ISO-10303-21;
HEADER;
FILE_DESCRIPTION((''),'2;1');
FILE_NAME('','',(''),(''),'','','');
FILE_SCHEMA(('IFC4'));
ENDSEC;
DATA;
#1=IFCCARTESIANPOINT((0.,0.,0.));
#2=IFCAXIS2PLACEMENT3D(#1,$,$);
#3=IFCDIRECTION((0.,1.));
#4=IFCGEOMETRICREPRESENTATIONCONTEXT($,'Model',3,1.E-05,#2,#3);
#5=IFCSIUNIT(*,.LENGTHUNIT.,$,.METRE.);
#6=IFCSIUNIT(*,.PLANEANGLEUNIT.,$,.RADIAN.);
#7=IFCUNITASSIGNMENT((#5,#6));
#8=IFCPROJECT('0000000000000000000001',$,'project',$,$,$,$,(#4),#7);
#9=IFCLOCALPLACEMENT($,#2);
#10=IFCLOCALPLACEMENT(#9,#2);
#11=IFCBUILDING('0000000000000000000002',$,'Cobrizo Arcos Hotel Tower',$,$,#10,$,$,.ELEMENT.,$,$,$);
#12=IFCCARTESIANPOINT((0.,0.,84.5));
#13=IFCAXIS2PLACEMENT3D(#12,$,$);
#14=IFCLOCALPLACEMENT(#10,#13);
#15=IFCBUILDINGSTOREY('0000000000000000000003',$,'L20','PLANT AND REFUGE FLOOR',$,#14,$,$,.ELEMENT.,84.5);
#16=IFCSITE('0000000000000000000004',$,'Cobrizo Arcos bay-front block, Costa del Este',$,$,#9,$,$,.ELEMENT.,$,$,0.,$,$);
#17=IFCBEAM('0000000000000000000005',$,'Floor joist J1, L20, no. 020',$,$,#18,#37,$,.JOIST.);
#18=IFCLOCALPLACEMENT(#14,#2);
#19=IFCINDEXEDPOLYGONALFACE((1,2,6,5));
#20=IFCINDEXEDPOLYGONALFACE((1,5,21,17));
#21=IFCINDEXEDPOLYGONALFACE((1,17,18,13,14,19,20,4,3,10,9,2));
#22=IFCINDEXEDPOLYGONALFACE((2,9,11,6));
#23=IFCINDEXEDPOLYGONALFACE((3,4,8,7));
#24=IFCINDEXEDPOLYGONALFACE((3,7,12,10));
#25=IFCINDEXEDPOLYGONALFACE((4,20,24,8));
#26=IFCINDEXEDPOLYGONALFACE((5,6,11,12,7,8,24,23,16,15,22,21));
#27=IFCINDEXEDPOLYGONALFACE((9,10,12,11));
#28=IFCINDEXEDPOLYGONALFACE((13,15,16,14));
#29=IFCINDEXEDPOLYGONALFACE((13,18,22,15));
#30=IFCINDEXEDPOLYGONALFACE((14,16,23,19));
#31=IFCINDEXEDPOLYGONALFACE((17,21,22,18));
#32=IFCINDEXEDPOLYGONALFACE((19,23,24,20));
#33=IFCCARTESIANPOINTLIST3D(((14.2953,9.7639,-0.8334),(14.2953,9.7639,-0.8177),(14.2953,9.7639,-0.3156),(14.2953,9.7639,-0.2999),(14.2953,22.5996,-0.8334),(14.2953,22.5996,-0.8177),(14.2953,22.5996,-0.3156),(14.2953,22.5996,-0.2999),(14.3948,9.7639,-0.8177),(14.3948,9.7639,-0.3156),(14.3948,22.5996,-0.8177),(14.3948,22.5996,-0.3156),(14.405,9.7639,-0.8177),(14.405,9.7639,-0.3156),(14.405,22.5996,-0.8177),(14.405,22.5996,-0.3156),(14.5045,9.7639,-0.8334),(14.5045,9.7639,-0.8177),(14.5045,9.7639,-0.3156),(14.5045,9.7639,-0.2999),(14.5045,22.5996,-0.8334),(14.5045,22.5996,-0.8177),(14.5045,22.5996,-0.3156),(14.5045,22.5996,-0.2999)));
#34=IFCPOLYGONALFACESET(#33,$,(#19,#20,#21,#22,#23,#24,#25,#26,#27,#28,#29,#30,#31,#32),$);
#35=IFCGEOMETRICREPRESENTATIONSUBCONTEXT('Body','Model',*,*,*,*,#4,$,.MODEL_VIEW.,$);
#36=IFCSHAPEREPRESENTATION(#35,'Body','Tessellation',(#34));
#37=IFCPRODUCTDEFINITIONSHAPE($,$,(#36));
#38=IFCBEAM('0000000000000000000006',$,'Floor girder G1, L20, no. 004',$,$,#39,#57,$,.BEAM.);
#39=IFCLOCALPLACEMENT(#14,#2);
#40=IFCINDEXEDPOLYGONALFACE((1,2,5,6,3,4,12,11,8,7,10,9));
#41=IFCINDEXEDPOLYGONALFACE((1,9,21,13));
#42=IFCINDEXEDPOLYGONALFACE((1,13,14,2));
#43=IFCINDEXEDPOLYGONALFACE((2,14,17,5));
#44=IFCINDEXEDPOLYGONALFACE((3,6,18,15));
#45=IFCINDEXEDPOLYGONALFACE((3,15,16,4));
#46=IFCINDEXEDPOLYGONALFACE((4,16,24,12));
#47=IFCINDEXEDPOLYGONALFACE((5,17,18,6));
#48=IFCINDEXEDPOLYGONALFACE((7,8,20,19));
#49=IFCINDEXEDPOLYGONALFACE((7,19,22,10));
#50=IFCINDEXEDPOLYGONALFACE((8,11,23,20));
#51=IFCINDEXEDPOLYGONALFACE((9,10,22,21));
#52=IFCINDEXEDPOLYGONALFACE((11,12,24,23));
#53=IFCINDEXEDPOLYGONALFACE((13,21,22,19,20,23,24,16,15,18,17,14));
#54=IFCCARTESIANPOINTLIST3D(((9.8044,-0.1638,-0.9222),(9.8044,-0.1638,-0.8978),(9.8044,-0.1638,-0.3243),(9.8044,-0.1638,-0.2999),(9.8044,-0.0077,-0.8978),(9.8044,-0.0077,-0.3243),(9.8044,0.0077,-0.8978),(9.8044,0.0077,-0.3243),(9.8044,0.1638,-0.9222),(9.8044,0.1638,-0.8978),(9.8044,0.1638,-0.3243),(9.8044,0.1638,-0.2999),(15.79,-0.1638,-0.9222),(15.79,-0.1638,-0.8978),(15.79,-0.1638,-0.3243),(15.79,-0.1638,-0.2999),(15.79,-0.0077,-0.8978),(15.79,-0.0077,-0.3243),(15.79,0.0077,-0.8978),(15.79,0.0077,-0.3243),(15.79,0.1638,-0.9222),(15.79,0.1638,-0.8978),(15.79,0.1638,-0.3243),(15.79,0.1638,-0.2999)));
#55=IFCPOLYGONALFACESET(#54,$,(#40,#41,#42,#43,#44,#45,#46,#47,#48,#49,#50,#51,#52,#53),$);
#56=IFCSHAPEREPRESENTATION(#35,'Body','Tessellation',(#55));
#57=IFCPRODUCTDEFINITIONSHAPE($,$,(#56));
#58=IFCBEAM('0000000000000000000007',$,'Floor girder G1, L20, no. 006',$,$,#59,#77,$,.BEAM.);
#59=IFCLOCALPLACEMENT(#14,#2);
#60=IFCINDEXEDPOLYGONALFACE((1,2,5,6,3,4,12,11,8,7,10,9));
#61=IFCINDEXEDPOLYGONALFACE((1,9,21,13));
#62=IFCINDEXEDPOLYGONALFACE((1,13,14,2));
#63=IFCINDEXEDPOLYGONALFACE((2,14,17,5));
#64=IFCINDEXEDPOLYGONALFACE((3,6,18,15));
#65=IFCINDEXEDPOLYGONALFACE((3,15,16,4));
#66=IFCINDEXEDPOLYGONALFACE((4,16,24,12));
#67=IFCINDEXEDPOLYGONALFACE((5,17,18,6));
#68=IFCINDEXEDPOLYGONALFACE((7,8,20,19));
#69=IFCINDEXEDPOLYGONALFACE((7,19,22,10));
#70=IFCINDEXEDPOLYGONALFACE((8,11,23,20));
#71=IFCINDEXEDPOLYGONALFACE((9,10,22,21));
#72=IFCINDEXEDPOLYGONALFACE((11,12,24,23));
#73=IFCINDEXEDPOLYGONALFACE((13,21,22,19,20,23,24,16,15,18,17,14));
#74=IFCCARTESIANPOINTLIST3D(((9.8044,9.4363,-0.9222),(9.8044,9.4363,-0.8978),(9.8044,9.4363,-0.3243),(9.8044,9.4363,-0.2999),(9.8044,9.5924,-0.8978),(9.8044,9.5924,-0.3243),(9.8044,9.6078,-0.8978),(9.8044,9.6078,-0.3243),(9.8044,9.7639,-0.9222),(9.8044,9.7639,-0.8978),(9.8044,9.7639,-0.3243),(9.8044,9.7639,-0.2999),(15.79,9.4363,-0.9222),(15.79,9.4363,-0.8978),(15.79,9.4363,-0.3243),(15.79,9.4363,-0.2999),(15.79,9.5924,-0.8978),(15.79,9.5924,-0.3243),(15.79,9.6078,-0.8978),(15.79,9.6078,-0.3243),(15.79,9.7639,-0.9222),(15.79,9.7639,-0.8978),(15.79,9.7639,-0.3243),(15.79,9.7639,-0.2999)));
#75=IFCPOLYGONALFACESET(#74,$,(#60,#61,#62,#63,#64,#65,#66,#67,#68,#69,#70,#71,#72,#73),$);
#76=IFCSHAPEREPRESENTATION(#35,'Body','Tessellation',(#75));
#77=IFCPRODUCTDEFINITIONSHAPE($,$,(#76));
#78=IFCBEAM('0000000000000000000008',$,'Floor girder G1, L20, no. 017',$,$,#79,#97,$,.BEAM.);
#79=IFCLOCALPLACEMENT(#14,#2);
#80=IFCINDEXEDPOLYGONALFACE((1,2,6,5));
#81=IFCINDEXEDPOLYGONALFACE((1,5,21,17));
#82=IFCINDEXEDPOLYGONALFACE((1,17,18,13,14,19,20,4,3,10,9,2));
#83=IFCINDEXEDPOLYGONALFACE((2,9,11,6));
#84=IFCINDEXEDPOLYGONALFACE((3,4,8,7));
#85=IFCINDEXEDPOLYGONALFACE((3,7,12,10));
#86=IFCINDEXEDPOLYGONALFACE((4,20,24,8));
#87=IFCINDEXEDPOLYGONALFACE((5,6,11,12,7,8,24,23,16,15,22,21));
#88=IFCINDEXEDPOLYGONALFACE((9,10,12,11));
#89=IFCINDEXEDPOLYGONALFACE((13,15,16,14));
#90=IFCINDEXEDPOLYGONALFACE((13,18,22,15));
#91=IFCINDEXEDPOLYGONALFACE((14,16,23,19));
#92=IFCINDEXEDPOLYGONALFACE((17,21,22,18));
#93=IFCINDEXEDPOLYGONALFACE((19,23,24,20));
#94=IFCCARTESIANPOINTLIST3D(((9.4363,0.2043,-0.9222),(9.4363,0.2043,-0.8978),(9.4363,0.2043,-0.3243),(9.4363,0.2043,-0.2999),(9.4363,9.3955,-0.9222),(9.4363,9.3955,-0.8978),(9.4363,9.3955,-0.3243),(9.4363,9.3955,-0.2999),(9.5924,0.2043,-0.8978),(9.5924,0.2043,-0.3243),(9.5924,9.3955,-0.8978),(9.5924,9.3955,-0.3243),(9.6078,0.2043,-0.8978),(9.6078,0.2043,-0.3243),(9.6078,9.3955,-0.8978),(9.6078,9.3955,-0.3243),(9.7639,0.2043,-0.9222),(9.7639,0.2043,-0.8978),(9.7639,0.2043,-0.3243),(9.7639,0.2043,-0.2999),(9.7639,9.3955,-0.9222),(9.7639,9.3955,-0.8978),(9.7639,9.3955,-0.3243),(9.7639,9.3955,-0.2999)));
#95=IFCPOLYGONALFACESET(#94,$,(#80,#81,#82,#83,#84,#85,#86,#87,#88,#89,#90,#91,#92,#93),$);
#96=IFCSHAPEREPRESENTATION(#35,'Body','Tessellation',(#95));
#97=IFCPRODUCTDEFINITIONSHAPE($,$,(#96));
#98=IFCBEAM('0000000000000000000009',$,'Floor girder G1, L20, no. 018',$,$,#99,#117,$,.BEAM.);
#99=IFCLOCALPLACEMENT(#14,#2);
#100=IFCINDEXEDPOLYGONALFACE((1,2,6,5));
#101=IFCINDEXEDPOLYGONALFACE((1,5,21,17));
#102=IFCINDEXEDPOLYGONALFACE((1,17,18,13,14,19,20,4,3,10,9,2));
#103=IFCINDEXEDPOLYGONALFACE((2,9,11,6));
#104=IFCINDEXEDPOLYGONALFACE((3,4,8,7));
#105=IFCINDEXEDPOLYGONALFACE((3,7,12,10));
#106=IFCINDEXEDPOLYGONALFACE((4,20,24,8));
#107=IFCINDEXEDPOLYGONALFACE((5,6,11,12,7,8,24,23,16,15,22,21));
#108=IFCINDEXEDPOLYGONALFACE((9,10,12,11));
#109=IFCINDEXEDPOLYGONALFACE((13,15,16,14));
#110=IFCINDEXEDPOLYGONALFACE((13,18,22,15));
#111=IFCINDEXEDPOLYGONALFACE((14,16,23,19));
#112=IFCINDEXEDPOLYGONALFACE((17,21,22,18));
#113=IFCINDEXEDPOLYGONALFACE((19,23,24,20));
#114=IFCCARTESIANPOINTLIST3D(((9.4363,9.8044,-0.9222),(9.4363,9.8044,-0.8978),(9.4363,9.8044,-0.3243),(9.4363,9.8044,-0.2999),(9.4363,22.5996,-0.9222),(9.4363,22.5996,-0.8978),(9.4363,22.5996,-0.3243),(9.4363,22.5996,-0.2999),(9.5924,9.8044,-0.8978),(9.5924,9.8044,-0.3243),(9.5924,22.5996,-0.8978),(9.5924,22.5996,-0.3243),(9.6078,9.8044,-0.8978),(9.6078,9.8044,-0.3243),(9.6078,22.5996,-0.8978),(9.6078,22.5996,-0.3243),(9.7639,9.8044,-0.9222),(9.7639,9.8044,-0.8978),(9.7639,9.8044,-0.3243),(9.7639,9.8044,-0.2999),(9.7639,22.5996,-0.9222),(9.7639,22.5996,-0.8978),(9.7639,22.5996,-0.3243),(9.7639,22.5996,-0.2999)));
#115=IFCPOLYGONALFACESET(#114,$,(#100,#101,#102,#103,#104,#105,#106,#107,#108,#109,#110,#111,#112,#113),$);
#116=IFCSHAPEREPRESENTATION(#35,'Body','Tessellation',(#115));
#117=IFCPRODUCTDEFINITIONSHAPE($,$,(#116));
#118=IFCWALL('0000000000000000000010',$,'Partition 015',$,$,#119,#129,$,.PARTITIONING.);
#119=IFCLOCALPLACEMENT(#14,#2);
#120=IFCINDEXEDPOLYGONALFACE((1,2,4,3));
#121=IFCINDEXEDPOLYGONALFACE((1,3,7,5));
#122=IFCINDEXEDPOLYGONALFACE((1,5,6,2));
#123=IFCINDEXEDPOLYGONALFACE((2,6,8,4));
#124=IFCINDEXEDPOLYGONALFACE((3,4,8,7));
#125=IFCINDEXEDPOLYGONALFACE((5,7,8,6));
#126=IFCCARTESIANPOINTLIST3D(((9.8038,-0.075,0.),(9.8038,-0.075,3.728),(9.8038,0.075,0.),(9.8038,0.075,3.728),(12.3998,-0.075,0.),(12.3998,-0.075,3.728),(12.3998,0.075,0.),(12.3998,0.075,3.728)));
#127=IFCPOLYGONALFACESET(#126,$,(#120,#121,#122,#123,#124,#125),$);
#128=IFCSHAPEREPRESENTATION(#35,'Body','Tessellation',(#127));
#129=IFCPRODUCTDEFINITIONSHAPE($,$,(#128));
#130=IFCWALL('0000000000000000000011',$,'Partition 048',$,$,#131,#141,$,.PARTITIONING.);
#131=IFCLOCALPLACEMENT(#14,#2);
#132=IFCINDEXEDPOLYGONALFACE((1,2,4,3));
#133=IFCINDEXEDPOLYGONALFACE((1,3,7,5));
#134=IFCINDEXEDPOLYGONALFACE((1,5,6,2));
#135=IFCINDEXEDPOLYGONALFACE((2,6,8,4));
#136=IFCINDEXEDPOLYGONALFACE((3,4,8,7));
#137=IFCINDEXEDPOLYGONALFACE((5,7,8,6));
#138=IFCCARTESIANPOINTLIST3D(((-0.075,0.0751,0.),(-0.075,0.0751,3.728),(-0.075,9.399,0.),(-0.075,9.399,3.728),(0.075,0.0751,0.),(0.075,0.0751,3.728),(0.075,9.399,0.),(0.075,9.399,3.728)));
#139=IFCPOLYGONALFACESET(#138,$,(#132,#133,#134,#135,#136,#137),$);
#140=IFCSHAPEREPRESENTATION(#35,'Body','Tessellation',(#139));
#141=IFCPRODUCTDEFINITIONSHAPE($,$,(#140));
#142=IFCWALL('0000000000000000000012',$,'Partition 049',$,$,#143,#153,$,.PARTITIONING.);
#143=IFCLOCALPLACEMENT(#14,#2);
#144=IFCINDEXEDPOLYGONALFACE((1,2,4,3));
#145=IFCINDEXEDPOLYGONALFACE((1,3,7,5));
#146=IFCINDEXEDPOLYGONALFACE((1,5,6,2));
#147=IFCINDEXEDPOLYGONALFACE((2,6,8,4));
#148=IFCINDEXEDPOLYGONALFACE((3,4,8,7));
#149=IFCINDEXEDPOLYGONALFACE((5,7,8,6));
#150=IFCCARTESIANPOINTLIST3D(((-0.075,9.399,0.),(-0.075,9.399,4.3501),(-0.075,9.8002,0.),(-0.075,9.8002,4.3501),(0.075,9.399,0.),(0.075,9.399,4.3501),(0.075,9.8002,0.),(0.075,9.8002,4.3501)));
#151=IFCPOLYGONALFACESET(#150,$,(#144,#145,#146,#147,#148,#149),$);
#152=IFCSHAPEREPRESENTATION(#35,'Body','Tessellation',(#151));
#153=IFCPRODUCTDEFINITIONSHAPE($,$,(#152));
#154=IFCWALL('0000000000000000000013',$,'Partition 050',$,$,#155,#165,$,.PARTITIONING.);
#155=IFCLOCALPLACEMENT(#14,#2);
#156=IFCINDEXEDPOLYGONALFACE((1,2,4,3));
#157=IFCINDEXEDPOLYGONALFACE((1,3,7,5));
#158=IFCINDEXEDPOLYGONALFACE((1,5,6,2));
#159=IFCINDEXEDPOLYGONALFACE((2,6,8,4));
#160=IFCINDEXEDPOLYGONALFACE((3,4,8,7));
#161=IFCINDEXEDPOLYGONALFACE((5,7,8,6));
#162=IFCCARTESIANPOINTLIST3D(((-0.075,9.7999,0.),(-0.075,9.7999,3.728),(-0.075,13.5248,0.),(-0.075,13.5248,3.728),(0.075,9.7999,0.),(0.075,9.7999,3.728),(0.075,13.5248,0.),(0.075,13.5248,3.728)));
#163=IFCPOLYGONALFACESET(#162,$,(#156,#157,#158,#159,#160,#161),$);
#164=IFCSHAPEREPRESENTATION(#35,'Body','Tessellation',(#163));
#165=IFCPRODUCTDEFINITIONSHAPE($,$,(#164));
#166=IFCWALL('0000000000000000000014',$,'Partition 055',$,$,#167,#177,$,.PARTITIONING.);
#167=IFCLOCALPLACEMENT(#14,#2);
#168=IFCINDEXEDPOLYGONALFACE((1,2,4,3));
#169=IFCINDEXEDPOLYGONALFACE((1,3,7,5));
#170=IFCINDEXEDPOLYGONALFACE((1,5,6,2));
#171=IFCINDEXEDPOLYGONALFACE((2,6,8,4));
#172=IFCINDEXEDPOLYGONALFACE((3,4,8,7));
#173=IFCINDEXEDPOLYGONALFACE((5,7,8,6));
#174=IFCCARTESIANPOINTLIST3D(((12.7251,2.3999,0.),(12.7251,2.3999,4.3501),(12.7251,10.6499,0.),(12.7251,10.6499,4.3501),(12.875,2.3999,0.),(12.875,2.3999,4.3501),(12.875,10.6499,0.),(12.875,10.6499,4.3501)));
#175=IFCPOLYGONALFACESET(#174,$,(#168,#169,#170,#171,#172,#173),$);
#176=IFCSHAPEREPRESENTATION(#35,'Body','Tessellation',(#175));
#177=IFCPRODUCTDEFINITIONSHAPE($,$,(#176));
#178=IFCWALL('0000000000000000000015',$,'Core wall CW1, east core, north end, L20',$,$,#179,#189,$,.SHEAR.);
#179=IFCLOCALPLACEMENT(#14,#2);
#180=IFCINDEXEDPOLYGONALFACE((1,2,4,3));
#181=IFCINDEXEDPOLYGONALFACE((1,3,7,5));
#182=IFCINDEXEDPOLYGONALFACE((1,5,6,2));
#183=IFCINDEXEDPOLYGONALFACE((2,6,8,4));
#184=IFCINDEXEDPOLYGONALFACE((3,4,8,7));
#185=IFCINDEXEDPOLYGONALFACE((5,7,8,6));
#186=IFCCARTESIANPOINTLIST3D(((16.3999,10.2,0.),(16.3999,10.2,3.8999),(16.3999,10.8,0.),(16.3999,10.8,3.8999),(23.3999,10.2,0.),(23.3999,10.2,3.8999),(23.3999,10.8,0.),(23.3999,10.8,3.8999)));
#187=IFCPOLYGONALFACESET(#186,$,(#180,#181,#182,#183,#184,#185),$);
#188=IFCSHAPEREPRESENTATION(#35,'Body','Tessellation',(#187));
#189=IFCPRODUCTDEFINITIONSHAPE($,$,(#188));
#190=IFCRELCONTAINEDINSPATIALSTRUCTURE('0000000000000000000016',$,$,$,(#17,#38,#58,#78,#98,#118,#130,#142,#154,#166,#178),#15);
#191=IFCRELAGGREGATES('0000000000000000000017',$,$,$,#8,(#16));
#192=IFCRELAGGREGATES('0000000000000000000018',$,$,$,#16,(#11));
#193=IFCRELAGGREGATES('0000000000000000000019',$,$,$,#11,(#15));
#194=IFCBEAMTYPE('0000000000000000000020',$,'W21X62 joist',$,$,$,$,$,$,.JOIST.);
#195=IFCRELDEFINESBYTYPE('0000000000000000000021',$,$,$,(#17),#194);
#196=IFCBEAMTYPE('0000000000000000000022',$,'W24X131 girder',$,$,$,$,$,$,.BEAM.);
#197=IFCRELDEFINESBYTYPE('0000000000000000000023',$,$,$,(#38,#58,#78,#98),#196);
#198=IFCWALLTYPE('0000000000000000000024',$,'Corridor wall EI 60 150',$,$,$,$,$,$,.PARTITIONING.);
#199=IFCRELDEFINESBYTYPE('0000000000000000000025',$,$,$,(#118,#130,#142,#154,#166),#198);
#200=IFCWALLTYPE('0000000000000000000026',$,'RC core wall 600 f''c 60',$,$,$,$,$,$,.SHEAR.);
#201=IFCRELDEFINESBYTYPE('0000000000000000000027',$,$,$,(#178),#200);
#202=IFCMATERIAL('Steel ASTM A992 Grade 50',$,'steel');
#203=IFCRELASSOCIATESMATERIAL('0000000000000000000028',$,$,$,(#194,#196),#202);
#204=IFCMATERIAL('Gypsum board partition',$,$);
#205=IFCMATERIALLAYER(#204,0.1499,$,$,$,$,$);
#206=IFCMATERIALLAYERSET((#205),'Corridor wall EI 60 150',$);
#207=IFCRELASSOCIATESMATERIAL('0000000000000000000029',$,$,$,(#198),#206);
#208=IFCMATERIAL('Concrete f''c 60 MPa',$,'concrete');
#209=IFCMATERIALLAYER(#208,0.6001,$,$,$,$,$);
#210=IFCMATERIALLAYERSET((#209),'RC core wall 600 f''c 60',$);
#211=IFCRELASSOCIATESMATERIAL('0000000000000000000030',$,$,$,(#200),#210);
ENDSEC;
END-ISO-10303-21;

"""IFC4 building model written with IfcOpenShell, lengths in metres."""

from ifc_helpers import new_model, si_unit, direction, frame, frame_2d, origin, origin_2d, place, context, subcontext, project, spatial, rectangle, i_section, extrude, material, layer, layer_set, material_profile, profile_set, type_object, element, save


model = new_model("IFC4")

# Units and contexts
model_context = context("Model", 3, precision=1e-05, world=origin(), true_north=direction((0.0, 1.0)))
body_context = subcontext(model_context, "Body", "Model", "MODEL_VIEW")
ifc_project = project(units=[si_unit("LENGTHUNIT", "METRE"), si_unit("PLANEANGLEUNIT", "RADIAN")], contexts=[model_context])

# Site, building, storey
site_placement = place(None, origin())
site = spatial("IfcSite", under=ifc_project, at=site_placement, Name="Cobrizo Arcos bay-front block, Costa del Este", CompositionType="ELEMENT", RefElevation=0.0)
building_placement = place(site_placement, origin())
building = spatial("IfcBuilding", under=site, at=building_placement, Name="Cobrizo Arcos Hotel Tower", CompositionType="ELEMENT")
storey_placement = place(building_placement, frame((0.0, 0.0, 84.5)))
storey = spatial("IfcBuildingStorey", under=building, at=storey_placement, Name="L20", Description="PLANT AND REFUGE FLOOR", CompositionType="ELEMENT", Elevation=84.5)

# Shared definitions
ifc_material_1 = material(Name="Steel ASTM A992 Grade 50", Category="steel")

# Beams
ifc_material_profile_1 = material_profile(ifc_material_1, i_section(OverallWidth=0.2092, OverallDepth=0.5334, WebThickness=0.0103, FlangeThickness=0.0156, at=origin_2d()), Name="W21X62")
ifc_profile_set_1 = profile_set([ifc_material_profile_1], Name="Steel ASTM A992 Grade 50")
beam_type_1 = type_object("IfcBeamType", Name="W21X62 joist", PredefinedType="JOIST", material=ifc_profile_set_1)
beam_1_placement = place(storey_placement, frame((14.3999, 9.7639, -0.5667), z_axis=(0.0, 1.0, 0.0), x_axis=(-1.0, 0.0, 0.0)))
element("IfcBeam", 1, at=beam_1_placement, inside=storey, type_object=beam_type_1, Name="Floor joist J1, L20, no. 020", PredefinedType="JOIST", context=body_context, shape_type="SweptSolid", body=[
    extrude(i_section(OverallWidth=0.2092, OverallDepth=0.5334, WebThickness=0.0103, FlangeThickness=0.0156, at=origin_2d()), origin(), (0.0, 0.0, 1.0), 12.8357),
])
ifc_material_profile_2 = material_profile(ifc_material_1, i_section(OverallWidth=0.3276, OverallDepth=0.6223, WebThickness=0.0154, FlangeThickness=0.0244, at=origin_2d()), Name="W24X131")
ifc_profile_set_2 = profile_set([ifc_material_profile_2], Name="Steel ASTM A992 Grade 50")
beam_type_2 = type_object("IfcBeamType", Name="W24X131 girder", PredefinedType="BEAM", material=ifc_profile_set_2)
for number, where, z_axis, x_axis, name in (
    (2, (9.8044, 0.0, -0.6111), (1.0, 0.0, 0.0), (0.0, 1.0, 0.0), "Floor girder G1, L20, no. 004"),
    (3, (9.8044, 9.6001, -0.6111), (1.0, 0.0, 0.0), (0.0, 1.0, 0.0), "Floor girder G1, L20, no. 006"),
):
    element("IfcBeam", number, at=place(storey_placement, frame(where, z_axis=z_axis, x_axis=x_axis)), inside=storey, type_object=beam_type_2, Name=name, PredefinedType="BEAM", context=body_context, shape_type="SweptSolid", body=[
        extrude(i_section(OverallWidth=0.3276, OverallDepth=0.6223, WebThickness=0.0154, FlangeThickness=0.0244, at=origin_2d()), origin(), (0.0, 0.0, 1.0), 5.9856),
    ])
beam_2_placement = place(storey_placement, frame((9.6001, 0.2043, -0.6111), z_axis=(0.0, 1.0, 0.0), x_axis=(-1.0, 0.0, 0.0)))
element("IfcBeam", 4, at=beam_2_placement, inside=storey, type_object=beam_type_2, Name="Floor girder G1, L20, no. 017", PredefinedType="BEAM", context=body_context, shape_type="SweptSolid", body=[
    extrude(i_section(OverallWidth=0.3276, OverallDepth=0.6223, WebThickness=0.0154, FlangeThickness=0.0244, at=origin_2d()), origin(), (0.0, 0.0, 1.0), 9.1912),
])
beam_3_placement = place(storey_placement, frame((9.6001, 9.8044, -0.6111), z_axis=(0.0, 1.0, 0.0), x_axis=(-1.0, 0.0, 0.0)))
element("IfcBeam", 5, at=beam_3_placement, inside=storey, type_object=beam_type_2, Name="Floor girder G1, L20, no. 018", PredefinedType="BEAM", context=body_context, shape_type="SweptSolid", body=[
    extrude(i_section(OverallWidth=0.3276, OverallDepth=0.6223, WebThickness=0.0154, FlangeThickness=0.0244, at=origin_2d()), origin(), (0.0, 0.0, 1.0), 12.7952),
])

# Walls
ifc_material_2 = material(Name="Gypsum board partition")
ifc_layer_1 = layer(ifc_material_2, 0.1499)
ifc_layer_set_1 = layer_set([ifc_layer_1], Name="Corridor wall EI 60 150")
wall_type_1 = type_object("IfcWallType", Name="Corridor wall EI 60 150", PredefinedType="PARTITIONING", material=ifc_layer_set_1)
wall_1_placement = place(storey_placement, frame((9.804, 0.0, 0.0), z_axis=(0.0, 0.0, 1.0), x_axis=(1.0, 0.0, 0.0)))
element("IfcWall", 6, at=wall_1_placement, inside=storey, type_object=wall_type_1, Name="Partition 015", PredefinedType="PARTITIONING", context=body_context, shape_type="SweptSolid", body=[
    extrude(rectangle(XDim=2.5959, YDim=0.1499, at=frame_2d((1.2979, 0.0))), origin(), (0.0, 0.0, 1.0), 3.728),
])
wall_2_placement = place(storey_placement, frame((0.0, 0.075, 0.0), z_axis=(0.0, 0.0, 1.0), x_axis=(0.0, 1.0, 0.0)))
element("IfcWall", 7, at=wall_2_placement, inside=storey, type_object=wall_type_1, Name="Partition 048", PredefinedType="PARTITIONING", context=body_context, shape_type="SweptSolid", body=[
    extrude(rectangle(XDim=9.324, YDim=0.1499, at=frame_2d((4.6621, 0.0))), origin(), (0.0, 0.0, 1.0), 3.728),
])
wall_3_placement = place(storey_placement, frame((0.0, 9.3989, 0.0), z_axis=(0.0, 0.0, 1.0), x_axis=(0.0, 1.0, 0.0)))
element("IfcWall", 8, at=wall_3_placement, inside=storey, type_object=wall_type_1, Name="Partition 049", PredefinedType="PARTITIONING", context=body_context, shape_type="SweptSolid", body=[
    extrude(rectangle(XDim=0.4011, YDim=0.1499, at=frame_2d((0.2007, 0.0))), origin(), (0.0, 0.0, 1.0), 4.3501),
])
wall_4_placement = place(storey_placement, frame((0.0, 9.8, 0.0), z_axis=(0.0, 0.0, 1.0), x_axis=(0.0, 1.0, 0.0)))
element("IfcWall", 9, at=wall_4_placement, inside=storey, type_object=wall_type_1, Name="Partition 050", PredefinedType="PARTITIONING", context=body_context, shape_type="SweptSolid", body=[
    extrude(rectangle(XDim=3.7249, YDim=0.1499, at=frame_2d((1.8623, 0.0))), origin(), (0.0, 0.0, 1.0), 3.728),
])
wall_5_placement = place(storey_placement, frame((12.8, 2.3999, 0.0), z_axis=(0.0, 0.0, 1.0), x_axis=(0.0, 1.0, 0.0)))
element("IfcWall", 10, at=wall_5_placement, inside=storey, type_object=wall_type_1, Name="Partition 055", PredefinedType="PARTITIONING", context=body_context, shape_type="SweptSolid", body=[
    extrude(rectangle(XDim=8.25, YDim=0.1499, at=frame_2d((4.125, 0.0))), origin(), (0.0, 0.0, 1.0), 4.3501),
])
ifc_material_3 = material(Name="Concrete f'c 60 MPa", Category="concrete")
ifc_layer_2 = layer(ifc_material_3, 0.6001)
ifc_layer_set_2 = layer_set([ifc_layer_2], Name="RC core wall 600 f'c 60")
wall_type_2 = type_object("IfcWallType", Name="RC core wall 600 f'c 60", PredefinedType="SHEAR", material=ifc_layer_set_2)
wall_6_placement = place(storey_placement, frame((16.3999, 10.5, 0.0), z_axis=(0.0, 0.0, 1.0), x_axis=(1.0, 0.0, 0.0)))
element("IfcWall", 11, at=wall_6_placement, inside=storey, type_object=wall_type_2, Name="Core wall CW1, east core, north end, L20", PredefinedType="SHEAR", context=body_context, shape_type="SweptSolid", body=[
    extrude(rectangle(XDim=7.0, YDim=0.6001, at=frame_2d((3.5, 0.0))), origin(), (0.0, 0.0, 1.0), 3.8999),
])

save(model, "model.ifc")
